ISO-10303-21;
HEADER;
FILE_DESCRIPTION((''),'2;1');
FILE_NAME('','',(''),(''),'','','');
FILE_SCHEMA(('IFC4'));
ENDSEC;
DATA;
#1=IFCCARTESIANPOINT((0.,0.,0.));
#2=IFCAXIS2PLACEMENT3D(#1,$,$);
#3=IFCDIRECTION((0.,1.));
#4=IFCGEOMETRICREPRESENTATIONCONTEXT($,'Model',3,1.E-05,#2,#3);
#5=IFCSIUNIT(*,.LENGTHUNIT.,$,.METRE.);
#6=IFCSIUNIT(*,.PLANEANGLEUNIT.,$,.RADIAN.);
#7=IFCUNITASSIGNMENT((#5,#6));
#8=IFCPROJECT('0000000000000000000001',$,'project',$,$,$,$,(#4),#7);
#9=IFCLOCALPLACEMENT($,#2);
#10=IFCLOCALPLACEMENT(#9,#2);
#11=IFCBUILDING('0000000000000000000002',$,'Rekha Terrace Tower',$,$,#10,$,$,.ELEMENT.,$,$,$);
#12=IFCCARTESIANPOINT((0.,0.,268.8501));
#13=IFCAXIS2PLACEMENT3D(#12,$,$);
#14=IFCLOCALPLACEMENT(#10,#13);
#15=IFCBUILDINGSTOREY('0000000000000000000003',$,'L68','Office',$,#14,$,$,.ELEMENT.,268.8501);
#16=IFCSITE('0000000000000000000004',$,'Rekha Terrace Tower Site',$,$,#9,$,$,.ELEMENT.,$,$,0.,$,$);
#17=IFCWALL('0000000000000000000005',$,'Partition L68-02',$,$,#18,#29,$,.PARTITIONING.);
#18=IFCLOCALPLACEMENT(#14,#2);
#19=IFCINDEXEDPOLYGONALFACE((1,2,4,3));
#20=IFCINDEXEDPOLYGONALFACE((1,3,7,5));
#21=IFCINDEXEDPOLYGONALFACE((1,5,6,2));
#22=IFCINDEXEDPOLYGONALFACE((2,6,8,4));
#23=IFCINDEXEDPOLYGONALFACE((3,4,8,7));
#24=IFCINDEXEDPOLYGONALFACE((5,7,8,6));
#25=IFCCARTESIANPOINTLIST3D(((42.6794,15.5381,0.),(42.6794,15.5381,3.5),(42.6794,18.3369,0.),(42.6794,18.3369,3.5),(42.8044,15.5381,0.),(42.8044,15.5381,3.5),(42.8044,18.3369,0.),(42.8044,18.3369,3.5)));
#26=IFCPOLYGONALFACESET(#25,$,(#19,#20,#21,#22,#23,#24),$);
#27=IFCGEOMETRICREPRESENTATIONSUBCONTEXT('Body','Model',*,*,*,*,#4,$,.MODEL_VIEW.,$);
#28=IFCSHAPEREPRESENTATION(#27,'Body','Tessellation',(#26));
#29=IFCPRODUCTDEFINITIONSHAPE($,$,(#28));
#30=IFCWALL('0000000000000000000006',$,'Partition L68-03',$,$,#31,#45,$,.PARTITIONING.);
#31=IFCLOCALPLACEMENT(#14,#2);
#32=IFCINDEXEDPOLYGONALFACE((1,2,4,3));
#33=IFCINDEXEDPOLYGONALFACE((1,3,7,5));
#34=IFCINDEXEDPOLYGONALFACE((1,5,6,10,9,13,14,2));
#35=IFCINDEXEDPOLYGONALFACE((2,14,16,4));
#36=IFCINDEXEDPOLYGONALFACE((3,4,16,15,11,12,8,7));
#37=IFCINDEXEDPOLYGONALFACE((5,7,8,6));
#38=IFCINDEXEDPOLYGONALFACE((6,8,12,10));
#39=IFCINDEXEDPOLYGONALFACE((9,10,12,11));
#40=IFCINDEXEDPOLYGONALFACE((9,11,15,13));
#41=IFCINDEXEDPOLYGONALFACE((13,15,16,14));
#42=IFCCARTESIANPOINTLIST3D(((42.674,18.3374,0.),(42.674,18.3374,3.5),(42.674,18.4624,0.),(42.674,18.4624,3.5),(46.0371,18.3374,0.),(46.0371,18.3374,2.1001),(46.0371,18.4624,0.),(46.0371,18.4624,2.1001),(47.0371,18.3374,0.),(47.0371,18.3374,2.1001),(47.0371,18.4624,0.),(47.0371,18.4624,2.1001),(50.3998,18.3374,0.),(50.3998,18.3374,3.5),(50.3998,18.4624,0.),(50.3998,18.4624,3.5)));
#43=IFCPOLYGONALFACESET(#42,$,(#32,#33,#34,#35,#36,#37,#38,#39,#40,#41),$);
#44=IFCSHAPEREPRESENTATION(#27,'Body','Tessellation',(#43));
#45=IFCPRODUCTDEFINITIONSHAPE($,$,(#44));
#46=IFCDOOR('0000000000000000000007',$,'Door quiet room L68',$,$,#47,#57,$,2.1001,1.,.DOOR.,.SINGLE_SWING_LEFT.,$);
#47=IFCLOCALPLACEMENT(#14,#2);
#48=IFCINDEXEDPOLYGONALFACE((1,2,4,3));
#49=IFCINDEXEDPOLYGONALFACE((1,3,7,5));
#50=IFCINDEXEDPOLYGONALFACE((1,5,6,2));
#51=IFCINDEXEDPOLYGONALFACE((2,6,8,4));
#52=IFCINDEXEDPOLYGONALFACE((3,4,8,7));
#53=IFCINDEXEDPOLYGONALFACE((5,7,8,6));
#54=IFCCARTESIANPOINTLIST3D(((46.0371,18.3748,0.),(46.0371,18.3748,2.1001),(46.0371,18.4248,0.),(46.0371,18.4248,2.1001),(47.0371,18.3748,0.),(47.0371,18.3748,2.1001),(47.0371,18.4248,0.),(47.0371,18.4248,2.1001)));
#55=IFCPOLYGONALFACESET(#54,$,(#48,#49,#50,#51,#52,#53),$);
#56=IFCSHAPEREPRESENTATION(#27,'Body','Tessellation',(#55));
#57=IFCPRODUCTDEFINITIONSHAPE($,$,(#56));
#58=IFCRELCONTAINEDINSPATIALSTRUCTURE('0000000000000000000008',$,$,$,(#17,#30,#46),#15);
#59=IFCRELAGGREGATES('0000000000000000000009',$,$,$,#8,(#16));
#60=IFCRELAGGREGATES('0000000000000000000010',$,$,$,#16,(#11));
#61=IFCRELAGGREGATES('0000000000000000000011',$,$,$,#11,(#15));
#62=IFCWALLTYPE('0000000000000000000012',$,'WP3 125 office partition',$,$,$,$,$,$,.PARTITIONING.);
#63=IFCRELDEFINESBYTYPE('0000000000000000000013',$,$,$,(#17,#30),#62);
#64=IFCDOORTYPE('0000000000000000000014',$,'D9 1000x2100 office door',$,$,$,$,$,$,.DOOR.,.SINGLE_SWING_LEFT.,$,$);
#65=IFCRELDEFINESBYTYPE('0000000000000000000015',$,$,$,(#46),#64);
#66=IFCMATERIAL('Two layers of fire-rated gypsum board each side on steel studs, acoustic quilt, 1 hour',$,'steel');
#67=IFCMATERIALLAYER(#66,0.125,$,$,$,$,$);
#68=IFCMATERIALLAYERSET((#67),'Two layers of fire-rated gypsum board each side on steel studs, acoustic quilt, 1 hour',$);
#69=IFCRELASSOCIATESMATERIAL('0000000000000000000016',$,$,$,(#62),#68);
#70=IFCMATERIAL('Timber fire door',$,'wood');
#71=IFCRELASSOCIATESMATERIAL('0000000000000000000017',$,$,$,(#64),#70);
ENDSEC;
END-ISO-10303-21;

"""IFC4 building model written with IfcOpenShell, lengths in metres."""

from ifc_helpers import new_model, si_unit, direction, frame, frame_2d, origin, place, context, subcontext, project, spatial, rectangle, extrude, material, layer, layer_set, type_object, element, fill, save


model = new_model("IFC4")

# Units and contexts
model_context = context("Model", 3, precision=1e-05, world=origin(), true_north=direction((0.0, 1.0)))
body_context = subcontext(model_context, "Body", "Model", "MODEL_VIEW")
ifc_project = project(units=[si_unit("LENGTHUNIT", "METRE"), si_unit("PLANEANGLEUNIT", "RADIAN")], contexts=[model_context])

# Site, building, storey
site_placement = place(None, origin())
site = spatial("IfcSite", under=ifc_project, at=site_placement, Name="Rekha Terrace Tower Site", CompositionType="ELEMENT", RefElevation=0.0)
building_placement = place(site_placement, origin())
building = spatial("IfcBuilding", under=site, at=building_placement, Name="Rekha Terrace Tower", CompositionType="ELEMENT")
storey_placement = place(building_placement, frame((0.0, 0.0, 268.8501)))
storey = spatial("IfcBuildingStorey", under=building, at=storey_placement, Name="L68", Description="Office", CompositionType="ELEMENT", Elevation=268.8501)

# Shared definitions
ifc_material_1 = material(Name="Two layers of fire-rated gypsum board each side on steel studs, acoustic quilt, 1 hour", Category="steel")
ifc_layer_1 = layer(ifc_material_1, 0.125)
ifc_layer_set_1 = layer_set([ifc_layer_1], Name="Two layers of fire-rated gypsum board each side on steel studs, acoustic quilt, 1 hour")
wall_type_1 = type_object("IfcWallType", Name="WP3 125 office partition", PredefinedType="PARTITIONING", material=ifc_layer_set_1)

# Shared definitions
ifc_material_2 = material(Name="Timber fire door", Category="wood")
door_type = type_object("IfcDoorType", Name="D9 1000x2100 office door", OperationType="SINGLE_SWING_LEFT", PredefinedType="DOOR", material=ifc_material_2)

# Wall
wall_1_placement = place(storey_placement, frame((42.7419, 18.3369, 0.0), z_axis=(0.0, 0.0, 1.0), x_axis=(0.0, -1.0, 0.0)))
element("IfcWall", 1, at=wall_1_placement, inside=storey, type_object=wall_type_1, Name="Partition L68-02", PredefinedType="PARTITIONING", context=body_context, shape_type="SweptSolid", body=[
    extrude(rectangle(XDim=2.7988, YDim=0.125, at=frame_2d((1.3994, 0.0))), origin(), (0.0, 0.0, 1.0), 3.5),
])

# Wall, opening, door
wall_2_placement = place(storey_placement, frame((42.6741, 18.3999, 0.0), z_axis=(0.0, 0.0, 1.0), x_axis=(1.0, 0.0, 0.0)))
wall_2 = element("IfcWall", 2, at=wall_2_placement, inside=storey, type_object=wall_type_1, Name="Partition L68-03", PredefinedType="PARTITIONING", context=body_context, shape_type="SweptSolid", body=[
    extrude(rectangle(XDim=7.7258, YDim=0.125, at=frame_2d((3.8628, 0.0))), origin(), (0.0, 0.0, 1.0), 3.5),
])
opening_1_placement = place(wall_2_placement, frame((3.363, 0.0, 0.0)))
opening_1 = element("IfcOpeningElement", 3, at=opening_1_placement, cuts=wall_2, PredefinedType="OPENING", context=body_context, shape_type="SweptSolid", body=[
    extrude(rectangle(XDim=1.0, YDim=2.1001, at=frame_2d((0.5, 1.05))), frame((0.0, 0.0725, 0.0), z_axis=(0.0, -1.0, 0.0), x_axis=(1.0, 0.0, 0.0)), (0.0, 0.0, 1.0), 0.145),
])
door_1_placement = place(opening_1_placement, origin())
door_1 = element("IfcDoor", 4, at=door_1_placement, inside=storey, type_object=door_type, Name="Door quiet room L68", OperationType="SINGLE_SWING_LEFT", OverallHeight=2.1001, OverallWidth=1.0, PredefinedType="DOOR", context=body_context, shape_type="SweptSolid", body=[
    extrude(rectangle(XDim=1.0, YDim=2.1001, at=frame_2d((0.5, 1.05))), frame((0.0, 0.0249, 0.0), z_axis=(0.0, -1.0, 0.0), x_axis=(1.0, 0.0, 0.0)), (0.0, 0.0, 1.0), 0.05),
])
fill(opening_1, door_1)

save(model, "model.ifc")
